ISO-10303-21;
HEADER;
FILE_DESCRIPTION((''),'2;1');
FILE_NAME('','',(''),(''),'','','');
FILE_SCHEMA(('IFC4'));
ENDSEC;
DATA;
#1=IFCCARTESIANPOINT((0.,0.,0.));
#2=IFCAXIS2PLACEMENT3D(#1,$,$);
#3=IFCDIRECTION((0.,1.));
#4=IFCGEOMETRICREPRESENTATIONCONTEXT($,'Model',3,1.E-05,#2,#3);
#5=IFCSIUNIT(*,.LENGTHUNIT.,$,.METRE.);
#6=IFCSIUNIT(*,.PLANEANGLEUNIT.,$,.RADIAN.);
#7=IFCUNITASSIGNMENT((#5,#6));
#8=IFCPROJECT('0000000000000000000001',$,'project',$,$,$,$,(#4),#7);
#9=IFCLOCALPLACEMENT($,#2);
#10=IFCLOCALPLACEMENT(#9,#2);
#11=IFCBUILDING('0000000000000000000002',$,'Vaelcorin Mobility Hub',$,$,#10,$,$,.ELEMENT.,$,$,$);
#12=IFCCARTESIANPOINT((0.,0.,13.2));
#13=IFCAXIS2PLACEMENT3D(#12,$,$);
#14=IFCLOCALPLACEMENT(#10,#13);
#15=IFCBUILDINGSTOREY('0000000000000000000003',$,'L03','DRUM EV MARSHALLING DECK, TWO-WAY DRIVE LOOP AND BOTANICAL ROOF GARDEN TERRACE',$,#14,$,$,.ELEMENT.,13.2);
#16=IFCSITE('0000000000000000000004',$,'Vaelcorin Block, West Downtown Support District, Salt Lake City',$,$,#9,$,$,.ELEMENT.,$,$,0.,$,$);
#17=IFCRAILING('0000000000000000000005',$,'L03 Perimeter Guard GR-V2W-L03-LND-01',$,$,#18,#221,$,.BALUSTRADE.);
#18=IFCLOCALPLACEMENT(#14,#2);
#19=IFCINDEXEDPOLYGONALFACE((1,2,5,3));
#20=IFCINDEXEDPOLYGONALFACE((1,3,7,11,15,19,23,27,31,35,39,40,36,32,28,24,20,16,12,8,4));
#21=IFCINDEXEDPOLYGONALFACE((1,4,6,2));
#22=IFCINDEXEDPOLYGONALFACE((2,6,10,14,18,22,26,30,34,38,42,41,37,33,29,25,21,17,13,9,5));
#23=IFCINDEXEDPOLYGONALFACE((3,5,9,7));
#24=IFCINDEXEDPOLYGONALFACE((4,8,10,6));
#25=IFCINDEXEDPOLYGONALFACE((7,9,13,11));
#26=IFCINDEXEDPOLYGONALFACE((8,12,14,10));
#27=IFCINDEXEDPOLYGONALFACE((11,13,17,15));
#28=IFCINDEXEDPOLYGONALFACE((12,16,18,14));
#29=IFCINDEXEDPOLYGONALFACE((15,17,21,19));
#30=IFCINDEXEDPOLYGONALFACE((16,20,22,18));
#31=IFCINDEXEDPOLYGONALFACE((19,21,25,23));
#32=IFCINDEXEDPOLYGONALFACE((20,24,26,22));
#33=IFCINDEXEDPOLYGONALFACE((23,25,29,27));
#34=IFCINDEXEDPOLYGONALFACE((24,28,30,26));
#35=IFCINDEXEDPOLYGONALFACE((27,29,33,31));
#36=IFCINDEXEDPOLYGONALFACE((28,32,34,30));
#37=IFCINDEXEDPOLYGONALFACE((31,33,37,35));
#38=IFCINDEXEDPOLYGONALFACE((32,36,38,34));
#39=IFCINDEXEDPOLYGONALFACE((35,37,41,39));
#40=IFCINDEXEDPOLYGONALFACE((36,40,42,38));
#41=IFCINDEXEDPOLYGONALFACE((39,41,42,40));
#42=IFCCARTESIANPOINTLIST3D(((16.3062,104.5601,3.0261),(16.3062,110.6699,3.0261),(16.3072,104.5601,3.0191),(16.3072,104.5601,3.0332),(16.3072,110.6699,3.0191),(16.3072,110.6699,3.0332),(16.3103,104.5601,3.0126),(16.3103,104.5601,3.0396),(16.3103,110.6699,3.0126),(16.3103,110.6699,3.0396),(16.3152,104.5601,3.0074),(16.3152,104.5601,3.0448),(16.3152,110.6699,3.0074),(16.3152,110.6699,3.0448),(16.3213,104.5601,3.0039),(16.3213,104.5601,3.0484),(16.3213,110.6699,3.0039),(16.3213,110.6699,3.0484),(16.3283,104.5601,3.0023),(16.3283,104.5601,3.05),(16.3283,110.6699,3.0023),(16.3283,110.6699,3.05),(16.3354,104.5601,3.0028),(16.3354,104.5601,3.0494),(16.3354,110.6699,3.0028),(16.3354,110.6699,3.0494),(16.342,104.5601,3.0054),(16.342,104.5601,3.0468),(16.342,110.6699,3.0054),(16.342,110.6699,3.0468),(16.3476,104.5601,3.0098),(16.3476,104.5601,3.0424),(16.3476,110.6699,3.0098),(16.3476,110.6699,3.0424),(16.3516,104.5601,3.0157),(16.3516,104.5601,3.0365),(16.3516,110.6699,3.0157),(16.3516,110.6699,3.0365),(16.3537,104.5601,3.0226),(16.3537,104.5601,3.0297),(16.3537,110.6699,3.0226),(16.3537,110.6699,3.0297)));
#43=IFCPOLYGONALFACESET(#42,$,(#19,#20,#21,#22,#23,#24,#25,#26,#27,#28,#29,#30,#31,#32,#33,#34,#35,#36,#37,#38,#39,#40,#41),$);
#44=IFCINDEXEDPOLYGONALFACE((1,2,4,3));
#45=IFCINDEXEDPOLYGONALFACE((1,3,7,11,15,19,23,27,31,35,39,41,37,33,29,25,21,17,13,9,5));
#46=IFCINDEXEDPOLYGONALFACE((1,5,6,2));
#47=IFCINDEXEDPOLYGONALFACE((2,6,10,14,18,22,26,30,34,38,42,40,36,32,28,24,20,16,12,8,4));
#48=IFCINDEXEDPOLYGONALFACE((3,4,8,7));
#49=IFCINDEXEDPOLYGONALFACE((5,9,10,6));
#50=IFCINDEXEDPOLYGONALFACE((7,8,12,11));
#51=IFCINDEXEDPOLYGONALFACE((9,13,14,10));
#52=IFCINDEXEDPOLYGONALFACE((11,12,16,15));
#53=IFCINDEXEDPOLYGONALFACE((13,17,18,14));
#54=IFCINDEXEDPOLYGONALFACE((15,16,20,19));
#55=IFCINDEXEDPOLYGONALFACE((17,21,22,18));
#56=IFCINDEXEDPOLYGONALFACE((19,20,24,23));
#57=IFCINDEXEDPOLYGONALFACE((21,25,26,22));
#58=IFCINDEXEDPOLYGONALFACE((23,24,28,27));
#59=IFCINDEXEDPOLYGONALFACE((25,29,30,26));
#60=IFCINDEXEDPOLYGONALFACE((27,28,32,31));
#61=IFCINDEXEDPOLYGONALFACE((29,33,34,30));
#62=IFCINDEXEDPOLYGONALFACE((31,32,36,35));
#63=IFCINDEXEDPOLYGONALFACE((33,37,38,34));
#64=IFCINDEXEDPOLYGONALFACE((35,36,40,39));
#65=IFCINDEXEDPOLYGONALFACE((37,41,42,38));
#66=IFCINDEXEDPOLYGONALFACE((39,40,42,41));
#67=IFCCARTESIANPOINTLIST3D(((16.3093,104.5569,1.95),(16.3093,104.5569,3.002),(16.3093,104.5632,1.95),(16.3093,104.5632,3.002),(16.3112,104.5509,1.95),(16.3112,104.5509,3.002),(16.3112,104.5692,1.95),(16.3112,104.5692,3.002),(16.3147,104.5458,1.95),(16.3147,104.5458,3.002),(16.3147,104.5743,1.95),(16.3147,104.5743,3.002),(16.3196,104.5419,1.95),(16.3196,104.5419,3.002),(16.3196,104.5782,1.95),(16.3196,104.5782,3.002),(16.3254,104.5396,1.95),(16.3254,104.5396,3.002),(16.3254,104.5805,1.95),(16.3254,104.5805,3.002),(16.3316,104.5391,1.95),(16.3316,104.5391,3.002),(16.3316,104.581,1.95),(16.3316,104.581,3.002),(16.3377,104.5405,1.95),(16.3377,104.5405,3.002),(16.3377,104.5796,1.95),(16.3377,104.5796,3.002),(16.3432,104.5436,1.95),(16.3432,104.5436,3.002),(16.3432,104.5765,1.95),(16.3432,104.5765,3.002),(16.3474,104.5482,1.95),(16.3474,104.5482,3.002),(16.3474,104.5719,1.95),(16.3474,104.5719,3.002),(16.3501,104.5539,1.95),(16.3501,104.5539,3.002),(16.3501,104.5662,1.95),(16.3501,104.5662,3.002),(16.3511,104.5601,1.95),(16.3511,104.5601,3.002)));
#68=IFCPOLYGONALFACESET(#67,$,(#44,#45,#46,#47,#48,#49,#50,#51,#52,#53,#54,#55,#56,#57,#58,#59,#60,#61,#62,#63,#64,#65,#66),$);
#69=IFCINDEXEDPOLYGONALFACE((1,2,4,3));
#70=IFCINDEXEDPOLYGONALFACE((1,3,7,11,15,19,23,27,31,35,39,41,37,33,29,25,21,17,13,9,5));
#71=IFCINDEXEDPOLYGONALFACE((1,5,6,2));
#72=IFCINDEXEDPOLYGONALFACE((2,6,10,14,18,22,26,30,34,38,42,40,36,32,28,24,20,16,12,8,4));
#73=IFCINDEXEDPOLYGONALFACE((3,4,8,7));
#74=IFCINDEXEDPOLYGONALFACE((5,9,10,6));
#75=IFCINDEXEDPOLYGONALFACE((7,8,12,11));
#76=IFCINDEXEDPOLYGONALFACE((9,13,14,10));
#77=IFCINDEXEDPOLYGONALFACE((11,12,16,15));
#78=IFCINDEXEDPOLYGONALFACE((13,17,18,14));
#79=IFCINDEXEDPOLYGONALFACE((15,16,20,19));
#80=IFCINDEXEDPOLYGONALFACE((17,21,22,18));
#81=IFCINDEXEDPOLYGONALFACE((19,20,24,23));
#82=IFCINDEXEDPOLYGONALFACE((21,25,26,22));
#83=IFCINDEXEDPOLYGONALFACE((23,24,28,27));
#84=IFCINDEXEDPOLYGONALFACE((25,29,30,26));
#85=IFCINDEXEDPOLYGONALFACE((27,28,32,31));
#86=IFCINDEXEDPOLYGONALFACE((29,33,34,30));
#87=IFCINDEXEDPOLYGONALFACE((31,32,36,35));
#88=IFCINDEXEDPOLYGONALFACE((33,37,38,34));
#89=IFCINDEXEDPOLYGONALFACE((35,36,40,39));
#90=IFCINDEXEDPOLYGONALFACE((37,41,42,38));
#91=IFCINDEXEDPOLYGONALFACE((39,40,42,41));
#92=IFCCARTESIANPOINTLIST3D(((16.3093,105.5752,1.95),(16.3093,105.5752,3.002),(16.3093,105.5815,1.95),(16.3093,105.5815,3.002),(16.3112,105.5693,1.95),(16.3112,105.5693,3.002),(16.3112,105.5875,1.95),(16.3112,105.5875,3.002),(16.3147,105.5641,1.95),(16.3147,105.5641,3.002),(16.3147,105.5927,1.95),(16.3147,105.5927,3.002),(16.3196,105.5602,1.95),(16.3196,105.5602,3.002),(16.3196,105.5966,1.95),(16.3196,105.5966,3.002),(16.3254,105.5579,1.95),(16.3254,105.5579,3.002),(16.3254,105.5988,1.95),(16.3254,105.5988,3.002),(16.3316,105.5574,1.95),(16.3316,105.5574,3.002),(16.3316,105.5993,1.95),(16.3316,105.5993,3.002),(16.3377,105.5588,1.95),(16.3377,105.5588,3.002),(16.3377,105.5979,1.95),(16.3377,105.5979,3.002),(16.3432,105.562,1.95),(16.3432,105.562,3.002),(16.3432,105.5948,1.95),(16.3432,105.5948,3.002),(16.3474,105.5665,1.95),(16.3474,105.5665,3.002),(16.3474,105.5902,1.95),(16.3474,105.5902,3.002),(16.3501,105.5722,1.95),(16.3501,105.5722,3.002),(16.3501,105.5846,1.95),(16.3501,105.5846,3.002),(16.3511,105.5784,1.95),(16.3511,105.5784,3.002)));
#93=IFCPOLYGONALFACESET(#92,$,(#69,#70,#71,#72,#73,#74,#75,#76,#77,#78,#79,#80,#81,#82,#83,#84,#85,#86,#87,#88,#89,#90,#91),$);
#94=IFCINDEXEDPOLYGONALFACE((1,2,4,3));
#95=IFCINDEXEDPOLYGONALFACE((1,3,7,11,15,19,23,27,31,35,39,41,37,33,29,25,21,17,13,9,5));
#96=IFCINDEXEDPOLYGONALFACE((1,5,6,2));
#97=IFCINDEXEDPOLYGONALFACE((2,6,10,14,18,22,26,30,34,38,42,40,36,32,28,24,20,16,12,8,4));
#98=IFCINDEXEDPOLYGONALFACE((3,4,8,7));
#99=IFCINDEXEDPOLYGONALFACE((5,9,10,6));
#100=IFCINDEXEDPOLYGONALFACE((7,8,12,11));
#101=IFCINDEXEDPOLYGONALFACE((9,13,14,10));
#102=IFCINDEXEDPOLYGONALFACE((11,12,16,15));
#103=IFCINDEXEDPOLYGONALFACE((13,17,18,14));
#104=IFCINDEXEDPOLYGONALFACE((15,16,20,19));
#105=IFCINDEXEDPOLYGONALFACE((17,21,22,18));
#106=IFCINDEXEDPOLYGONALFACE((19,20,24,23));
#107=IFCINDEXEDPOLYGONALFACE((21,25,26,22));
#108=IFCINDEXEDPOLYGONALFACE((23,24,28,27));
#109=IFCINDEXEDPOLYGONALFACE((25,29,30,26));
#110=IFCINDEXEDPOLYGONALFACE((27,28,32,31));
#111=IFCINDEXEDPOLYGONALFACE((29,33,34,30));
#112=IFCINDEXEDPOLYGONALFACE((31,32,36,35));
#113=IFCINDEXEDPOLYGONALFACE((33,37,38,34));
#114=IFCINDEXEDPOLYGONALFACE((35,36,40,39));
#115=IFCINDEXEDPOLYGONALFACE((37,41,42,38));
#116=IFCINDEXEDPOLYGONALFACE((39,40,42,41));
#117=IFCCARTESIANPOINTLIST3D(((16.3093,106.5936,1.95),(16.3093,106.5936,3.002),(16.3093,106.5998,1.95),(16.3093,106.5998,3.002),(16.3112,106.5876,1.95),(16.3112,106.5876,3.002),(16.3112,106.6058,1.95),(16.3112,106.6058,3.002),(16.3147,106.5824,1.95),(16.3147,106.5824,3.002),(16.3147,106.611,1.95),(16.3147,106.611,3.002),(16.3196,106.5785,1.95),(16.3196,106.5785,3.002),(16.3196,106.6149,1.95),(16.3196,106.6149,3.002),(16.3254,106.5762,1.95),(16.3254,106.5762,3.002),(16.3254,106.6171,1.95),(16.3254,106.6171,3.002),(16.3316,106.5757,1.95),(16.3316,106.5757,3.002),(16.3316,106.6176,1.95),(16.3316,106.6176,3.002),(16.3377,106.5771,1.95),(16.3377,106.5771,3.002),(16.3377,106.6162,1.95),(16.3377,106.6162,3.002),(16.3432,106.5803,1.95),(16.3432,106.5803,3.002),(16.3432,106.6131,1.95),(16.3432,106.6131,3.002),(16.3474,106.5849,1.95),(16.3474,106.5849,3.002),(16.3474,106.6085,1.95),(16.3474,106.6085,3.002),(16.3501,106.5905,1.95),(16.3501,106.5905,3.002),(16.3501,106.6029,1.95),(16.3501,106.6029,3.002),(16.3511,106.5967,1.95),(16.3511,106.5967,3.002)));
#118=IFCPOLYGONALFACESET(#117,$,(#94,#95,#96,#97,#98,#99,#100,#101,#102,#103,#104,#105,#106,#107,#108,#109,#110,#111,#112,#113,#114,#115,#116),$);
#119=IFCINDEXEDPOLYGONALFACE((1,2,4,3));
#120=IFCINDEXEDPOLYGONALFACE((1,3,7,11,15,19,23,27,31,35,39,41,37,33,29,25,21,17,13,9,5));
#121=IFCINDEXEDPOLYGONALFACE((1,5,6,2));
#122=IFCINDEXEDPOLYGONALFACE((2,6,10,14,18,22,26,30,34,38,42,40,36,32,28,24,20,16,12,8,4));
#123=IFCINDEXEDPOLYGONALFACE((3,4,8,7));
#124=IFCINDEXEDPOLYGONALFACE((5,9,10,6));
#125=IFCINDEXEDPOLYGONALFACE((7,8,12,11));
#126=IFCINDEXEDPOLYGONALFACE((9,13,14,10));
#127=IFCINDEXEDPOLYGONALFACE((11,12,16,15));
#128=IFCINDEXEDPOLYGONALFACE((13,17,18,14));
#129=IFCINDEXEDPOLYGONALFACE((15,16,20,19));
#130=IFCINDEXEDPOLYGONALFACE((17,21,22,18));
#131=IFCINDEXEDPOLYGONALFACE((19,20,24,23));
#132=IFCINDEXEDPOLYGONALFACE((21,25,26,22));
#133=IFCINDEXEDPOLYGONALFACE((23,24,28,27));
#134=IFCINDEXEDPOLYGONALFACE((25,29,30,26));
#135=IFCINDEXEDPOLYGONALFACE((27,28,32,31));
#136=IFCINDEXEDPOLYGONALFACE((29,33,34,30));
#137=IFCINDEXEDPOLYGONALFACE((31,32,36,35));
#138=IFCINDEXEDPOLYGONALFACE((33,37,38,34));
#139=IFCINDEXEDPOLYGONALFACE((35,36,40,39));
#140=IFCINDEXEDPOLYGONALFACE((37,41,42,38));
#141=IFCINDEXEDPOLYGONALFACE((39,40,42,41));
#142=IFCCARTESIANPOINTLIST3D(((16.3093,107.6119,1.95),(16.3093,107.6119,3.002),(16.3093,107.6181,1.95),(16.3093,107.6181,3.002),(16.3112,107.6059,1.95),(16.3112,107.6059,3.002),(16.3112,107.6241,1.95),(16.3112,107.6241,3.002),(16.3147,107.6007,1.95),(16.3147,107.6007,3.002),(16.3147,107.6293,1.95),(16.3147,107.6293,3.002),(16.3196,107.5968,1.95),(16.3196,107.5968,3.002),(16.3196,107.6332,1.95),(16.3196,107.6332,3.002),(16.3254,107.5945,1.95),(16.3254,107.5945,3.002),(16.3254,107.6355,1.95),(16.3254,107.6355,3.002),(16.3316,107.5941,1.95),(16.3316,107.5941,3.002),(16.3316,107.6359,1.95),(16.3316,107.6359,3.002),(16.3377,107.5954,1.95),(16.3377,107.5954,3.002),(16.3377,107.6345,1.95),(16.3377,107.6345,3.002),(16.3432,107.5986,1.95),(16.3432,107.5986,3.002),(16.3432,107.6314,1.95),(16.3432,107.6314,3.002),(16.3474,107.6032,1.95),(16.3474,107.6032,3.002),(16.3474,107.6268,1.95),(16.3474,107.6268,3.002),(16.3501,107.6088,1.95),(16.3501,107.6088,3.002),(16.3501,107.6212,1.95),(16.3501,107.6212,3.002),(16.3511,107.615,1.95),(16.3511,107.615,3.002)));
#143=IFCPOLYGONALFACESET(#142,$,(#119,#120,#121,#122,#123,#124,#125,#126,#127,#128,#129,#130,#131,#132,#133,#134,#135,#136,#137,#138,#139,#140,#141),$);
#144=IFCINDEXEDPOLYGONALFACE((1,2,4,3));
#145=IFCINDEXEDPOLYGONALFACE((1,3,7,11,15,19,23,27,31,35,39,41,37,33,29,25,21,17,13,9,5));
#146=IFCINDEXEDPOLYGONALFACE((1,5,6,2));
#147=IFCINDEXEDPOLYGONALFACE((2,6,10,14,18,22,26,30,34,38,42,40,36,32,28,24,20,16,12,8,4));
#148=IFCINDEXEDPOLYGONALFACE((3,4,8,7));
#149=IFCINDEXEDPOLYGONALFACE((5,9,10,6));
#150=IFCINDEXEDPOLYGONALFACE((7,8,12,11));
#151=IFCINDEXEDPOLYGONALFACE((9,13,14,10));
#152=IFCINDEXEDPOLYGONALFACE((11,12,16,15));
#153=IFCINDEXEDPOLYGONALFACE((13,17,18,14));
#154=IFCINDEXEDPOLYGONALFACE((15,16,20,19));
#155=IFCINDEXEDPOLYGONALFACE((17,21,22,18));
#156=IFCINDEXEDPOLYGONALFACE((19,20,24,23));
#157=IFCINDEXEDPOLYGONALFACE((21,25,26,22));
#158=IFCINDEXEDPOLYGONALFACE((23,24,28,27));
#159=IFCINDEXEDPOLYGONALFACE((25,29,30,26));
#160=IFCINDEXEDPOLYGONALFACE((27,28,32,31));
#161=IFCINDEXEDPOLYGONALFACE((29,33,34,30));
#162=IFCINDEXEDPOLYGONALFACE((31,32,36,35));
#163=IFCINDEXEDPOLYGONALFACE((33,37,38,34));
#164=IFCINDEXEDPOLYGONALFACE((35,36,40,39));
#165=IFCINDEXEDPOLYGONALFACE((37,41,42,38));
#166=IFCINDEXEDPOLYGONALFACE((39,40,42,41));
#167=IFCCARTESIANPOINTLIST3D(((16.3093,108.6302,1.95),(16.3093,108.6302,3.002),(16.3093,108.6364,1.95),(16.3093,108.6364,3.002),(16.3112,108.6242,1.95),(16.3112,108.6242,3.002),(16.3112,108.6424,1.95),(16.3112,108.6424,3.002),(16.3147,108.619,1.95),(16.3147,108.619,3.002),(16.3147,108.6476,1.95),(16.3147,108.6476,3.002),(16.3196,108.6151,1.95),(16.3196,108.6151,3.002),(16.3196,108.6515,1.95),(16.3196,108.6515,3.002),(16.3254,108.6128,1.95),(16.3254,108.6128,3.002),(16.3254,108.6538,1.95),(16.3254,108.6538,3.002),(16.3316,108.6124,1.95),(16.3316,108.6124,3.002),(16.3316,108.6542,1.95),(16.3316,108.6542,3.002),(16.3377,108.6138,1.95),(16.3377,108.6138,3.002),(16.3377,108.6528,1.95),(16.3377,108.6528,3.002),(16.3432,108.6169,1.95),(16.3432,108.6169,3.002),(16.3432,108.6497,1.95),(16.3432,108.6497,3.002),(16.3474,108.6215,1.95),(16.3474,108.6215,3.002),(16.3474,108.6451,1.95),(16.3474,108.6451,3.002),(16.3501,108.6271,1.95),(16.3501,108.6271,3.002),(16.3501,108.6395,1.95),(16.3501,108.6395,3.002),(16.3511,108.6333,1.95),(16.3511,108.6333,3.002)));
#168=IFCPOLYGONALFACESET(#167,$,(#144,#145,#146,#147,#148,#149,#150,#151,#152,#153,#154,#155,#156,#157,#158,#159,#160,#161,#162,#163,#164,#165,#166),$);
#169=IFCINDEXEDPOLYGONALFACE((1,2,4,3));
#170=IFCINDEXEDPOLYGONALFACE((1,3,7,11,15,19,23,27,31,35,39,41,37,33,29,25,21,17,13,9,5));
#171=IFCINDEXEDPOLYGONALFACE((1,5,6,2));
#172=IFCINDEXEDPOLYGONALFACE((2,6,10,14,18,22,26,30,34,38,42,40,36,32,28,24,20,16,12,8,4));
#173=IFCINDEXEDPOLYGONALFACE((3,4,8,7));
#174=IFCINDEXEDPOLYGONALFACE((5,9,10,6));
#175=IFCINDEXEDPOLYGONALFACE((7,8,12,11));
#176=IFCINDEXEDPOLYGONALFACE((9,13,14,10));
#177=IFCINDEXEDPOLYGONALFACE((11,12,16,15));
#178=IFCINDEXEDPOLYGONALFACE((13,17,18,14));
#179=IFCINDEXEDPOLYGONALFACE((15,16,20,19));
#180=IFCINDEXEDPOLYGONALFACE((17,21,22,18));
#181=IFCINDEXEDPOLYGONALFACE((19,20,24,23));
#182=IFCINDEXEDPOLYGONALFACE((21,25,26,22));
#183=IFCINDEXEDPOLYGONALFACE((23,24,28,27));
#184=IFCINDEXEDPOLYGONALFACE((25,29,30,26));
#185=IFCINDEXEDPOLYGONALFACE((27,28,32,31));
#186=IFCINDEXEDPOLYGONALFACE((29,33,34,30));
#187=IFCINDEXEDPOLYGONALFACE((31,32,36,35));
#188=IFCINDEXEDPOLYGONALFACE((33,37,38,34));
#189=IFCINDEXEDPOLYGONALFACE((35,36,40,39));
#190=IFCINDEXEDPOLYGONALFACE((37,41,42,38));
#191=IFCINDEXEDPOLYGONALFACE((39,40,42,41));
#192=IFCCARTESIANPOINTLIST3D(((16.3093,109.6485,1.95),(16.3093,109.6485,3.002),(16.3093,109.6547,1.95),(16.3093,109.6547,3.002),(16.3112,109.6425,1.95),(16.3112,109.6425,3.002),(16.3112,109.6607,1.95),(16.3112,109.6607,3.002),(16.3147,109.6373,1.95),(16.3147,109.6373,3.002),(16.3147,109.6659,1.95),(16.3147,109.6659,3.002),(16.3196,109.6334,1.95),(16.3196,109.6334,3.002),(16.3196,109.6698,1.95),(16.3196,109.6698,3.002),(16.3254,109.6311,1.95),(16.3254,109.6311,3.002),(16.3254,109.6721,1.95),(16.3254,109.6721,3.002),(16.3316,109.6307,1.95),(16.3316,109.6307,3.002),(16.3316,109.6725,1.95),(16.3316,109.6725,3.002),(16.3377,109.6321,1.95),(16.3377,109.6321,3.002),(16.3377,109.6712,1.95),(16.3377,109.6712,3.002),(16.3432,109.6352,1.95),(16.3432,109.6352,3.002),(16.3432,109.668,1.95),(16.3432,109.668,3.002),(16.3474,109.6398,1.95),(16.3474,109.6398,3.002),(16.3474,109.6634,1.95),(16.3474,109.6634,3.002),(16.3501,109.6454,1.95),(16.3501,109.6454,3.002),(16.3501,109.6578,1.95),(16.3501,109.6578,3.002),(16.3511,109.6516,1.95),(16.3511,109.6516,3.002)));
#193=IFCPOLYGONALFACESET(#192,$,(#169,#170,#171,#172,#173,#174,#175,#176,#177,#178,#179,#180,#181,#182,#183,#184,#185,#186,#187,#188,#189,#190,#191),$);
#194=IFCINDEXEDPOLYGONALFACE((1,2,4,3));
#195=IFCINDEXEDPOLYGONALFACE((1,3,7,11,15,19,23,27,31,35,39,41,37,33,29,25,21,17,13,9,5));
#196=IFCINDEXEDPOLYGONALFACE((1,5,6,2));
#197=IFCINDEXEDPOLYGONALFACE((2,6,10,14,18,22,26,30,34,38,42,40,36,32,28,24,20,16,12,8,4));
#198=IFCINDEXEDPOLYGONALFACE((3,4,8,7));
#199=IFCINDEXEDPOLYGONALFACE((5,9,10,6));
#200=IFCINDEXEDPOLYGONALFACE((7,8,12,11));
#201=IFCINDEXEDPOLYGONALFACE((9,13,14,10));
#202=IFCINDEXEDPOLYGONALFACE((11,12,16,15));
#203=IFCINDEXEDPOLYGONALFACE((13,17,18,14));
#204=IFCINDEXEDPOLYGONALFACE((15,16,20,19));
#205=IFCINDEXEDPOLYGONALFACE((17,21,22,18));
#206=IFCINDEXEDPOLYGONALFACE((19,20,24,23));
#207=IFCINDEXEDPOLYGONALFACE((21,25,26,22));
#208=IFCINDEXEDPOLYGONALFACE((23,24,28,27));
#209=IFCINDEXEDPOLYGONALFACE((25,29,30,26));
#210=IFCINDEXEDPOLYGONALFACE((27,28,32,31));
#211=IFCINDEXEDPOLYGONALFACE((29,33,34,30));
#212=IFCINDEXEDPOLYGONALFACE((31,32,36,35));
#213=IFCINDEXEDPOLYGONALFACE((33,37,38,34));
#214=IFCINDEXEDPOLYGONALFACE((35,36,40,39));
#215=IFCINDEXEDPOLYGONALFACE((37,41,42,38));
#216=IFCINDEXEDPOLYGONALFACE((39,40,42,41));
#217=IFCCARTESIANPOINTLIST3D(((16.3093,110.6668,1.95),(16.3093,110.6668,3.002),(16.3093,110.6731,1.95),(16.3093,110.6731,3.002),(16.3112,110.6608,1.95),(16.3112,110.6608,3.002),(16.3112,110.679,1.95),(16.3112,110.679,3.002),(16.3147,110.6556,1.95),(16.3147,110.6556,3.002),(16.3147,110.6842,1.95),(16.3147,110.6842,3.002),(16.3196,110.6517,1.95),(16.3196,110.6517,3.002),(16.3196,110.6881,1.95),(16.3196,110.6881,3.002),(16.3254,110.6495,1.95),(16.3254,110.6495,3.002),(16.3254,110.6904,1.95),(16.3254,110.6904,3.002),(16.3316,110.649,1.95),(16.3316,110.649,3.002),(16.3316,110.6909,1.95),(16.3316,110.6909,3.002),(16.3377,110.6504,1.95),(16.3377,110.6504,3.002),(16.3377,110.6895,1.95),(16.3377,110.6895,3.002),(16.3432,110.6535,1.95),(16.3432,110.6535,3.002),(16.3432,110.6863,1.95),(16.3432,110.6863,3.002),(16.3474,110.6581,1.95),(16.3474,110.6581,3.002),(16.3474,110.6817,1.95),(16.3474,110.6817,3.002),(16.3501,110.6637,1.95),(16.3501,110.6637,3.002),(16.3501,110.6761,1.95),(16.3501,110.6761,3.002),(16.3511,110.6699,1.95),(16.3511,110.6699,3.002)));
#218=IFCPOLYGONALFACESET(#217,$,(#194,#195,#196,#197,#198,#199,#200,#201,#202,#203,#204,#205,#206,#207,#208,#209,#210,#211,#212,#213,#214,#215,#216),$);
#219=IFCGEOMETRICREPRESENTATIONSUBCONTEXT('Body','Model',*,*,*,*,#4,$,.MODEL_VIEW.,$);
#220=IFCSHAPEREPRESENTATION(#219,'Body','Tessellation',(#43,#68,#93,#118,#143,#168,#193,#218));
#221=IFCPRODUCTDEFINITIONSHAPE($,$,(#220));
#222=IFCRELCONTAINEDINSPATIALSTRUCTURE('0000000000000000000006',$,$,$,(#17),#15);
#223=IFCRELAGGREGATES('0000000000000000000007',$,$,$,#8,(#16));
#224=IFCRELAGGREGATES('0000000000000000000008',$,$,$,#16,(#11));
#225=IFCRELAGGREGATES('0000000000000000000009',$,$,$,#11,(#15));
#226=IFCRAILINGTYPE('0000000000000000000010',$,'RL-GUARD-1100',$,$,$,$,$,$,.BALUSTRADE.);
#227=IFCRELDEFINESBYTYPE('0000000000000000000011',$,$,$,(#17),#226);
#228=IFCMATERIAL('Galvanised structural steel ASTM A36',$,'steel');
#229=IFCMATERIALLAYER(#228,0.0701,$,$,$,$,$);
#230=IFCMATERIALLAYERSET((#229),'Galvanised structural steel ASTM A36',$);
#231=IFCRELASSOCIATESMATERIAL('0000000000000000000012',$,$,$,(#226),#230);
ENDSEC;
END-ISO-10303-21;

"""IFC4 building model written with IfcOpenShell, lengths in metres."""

from ifc_helpers import new_model, si_unit, direction, frame, origin, origin_2d, place, context, subcontext, project, spatial, circle, extrude, material, layer, layer_set, type_object, element, save


model = new_model("IFC4")

# Units and contexts
model_context = context("Model", 3, precision=1e-05, world=origin(), true_north=direction((0.0, 1.0)))
body_context = subcontext(model_context, "Body", "Model", "MODEL_VIEW")
ifc_project = project(units=[si_unit("LENGTHUNIT", "METRE"), si_unit("PLANEANGLEUNIT", "RADIAN")], contexts=[model_context])

# Site, building, storey
site_placement = place(None, origin())
site = spatial("IfcSite", under=ifc_project, at=site_placement, Name="Vaelcorin Block, West Downtown Support District, Salt Lake City", CompositionType="ELEMENT", RefElevation=0.0)
building_placement = place(site_placement, origin())
building = spatial("IfcBuilding", under=site, at=building_placement, Name="Vaelcorin Mobility Hub", CompositionType="ELEMENT")
storey_placement = place(building_placement, frame((0.0, 0.0, 13.2)))
storey = spatial("IfcBuildingStorey", under=building, at=storey_placement, Name="L03", Description="DRUM EV MARSHALLING DECK, TWO-WAY DRIVE LOOP AND BOTANICAL ROOF GARDEN TERRACE", CompositionType="ELEMENT", Elevation=13.2)

# Railing
ifc_material_1 = material(Name="Galvanised structural steel ASTM A36", Category="steel")
ifc_layer_1 = layer(ifc_material_1, 0.0701)
ifc_layer_set_1 = layer_set([ifc_layer_1], Name="Galvanised structural steel ASTM A36")
railing_type = type_object("IfcRailingType", Name="RL-GUARD-1100", PredefinedType="BALUSTRADE", material=ifc_layer_set_1)
railing_1_placement = place(storey_placement, frame((16.3301, 104.5601, 1.95)))
element("IfcRailing", 1, at=railing_1_placement, inside=storey, type_object=railing_type, Name="L03 Perimeter Guard GR-V2W-L03-LND-01", PredefinedType="BALUSTRADE", context=body_context, shape_type="SweptSolid", body=[
    extrude(circle(Radius=0.0239, at=origin_2d()), frame((0.0, 0.0, 1.0762), z_axis=(0.0, 1.0, 0.0), x_axis=(-1.0, 0.0, 0.0)), (0.0, 0.0, 1.0), 6.1099),
    extrude(circle(Radius=0.021, at=origin_2d()), origin(), (0.0, 0.0, 1.0), 1.052),
    extrude(circle(Radius=0.021, at=origin_2d()), frame((0.0, 1.0183, 0.0)), (0.0, 0.0, 1.0), 1.052),
    extrude(circle(Radius=0.021, at=origin_2d()), frame((0.0, 2.0366, 0.0)), (0.0, 0.0, 1.0), 1.052),
    extrude(circle(Radius=0.021, at=origin_2d()), frame((0.0, 3.0549, 0.0)), (0.0, 0.0, 1.0), 1.052),
    extrude(circle(Radius=0.021, at=origin_2d()), frame((0.0, 4.0732, 0.0)), (0.0, 0.0, 1.0), 1.052),
    extrude(circle(Radius=0.021, at=origin_2d()), frame((0.0, 5.0916, 0.0)), (0.0, 0.0, 1.0), 1.052),
    extrude(circle(Radius=0.021, at=origin_2d()), frame((0.0, 6.1099, 0.0)), (0.0, 0.0, 1.0), 1.052),
])

save(model, "model.ifc")
